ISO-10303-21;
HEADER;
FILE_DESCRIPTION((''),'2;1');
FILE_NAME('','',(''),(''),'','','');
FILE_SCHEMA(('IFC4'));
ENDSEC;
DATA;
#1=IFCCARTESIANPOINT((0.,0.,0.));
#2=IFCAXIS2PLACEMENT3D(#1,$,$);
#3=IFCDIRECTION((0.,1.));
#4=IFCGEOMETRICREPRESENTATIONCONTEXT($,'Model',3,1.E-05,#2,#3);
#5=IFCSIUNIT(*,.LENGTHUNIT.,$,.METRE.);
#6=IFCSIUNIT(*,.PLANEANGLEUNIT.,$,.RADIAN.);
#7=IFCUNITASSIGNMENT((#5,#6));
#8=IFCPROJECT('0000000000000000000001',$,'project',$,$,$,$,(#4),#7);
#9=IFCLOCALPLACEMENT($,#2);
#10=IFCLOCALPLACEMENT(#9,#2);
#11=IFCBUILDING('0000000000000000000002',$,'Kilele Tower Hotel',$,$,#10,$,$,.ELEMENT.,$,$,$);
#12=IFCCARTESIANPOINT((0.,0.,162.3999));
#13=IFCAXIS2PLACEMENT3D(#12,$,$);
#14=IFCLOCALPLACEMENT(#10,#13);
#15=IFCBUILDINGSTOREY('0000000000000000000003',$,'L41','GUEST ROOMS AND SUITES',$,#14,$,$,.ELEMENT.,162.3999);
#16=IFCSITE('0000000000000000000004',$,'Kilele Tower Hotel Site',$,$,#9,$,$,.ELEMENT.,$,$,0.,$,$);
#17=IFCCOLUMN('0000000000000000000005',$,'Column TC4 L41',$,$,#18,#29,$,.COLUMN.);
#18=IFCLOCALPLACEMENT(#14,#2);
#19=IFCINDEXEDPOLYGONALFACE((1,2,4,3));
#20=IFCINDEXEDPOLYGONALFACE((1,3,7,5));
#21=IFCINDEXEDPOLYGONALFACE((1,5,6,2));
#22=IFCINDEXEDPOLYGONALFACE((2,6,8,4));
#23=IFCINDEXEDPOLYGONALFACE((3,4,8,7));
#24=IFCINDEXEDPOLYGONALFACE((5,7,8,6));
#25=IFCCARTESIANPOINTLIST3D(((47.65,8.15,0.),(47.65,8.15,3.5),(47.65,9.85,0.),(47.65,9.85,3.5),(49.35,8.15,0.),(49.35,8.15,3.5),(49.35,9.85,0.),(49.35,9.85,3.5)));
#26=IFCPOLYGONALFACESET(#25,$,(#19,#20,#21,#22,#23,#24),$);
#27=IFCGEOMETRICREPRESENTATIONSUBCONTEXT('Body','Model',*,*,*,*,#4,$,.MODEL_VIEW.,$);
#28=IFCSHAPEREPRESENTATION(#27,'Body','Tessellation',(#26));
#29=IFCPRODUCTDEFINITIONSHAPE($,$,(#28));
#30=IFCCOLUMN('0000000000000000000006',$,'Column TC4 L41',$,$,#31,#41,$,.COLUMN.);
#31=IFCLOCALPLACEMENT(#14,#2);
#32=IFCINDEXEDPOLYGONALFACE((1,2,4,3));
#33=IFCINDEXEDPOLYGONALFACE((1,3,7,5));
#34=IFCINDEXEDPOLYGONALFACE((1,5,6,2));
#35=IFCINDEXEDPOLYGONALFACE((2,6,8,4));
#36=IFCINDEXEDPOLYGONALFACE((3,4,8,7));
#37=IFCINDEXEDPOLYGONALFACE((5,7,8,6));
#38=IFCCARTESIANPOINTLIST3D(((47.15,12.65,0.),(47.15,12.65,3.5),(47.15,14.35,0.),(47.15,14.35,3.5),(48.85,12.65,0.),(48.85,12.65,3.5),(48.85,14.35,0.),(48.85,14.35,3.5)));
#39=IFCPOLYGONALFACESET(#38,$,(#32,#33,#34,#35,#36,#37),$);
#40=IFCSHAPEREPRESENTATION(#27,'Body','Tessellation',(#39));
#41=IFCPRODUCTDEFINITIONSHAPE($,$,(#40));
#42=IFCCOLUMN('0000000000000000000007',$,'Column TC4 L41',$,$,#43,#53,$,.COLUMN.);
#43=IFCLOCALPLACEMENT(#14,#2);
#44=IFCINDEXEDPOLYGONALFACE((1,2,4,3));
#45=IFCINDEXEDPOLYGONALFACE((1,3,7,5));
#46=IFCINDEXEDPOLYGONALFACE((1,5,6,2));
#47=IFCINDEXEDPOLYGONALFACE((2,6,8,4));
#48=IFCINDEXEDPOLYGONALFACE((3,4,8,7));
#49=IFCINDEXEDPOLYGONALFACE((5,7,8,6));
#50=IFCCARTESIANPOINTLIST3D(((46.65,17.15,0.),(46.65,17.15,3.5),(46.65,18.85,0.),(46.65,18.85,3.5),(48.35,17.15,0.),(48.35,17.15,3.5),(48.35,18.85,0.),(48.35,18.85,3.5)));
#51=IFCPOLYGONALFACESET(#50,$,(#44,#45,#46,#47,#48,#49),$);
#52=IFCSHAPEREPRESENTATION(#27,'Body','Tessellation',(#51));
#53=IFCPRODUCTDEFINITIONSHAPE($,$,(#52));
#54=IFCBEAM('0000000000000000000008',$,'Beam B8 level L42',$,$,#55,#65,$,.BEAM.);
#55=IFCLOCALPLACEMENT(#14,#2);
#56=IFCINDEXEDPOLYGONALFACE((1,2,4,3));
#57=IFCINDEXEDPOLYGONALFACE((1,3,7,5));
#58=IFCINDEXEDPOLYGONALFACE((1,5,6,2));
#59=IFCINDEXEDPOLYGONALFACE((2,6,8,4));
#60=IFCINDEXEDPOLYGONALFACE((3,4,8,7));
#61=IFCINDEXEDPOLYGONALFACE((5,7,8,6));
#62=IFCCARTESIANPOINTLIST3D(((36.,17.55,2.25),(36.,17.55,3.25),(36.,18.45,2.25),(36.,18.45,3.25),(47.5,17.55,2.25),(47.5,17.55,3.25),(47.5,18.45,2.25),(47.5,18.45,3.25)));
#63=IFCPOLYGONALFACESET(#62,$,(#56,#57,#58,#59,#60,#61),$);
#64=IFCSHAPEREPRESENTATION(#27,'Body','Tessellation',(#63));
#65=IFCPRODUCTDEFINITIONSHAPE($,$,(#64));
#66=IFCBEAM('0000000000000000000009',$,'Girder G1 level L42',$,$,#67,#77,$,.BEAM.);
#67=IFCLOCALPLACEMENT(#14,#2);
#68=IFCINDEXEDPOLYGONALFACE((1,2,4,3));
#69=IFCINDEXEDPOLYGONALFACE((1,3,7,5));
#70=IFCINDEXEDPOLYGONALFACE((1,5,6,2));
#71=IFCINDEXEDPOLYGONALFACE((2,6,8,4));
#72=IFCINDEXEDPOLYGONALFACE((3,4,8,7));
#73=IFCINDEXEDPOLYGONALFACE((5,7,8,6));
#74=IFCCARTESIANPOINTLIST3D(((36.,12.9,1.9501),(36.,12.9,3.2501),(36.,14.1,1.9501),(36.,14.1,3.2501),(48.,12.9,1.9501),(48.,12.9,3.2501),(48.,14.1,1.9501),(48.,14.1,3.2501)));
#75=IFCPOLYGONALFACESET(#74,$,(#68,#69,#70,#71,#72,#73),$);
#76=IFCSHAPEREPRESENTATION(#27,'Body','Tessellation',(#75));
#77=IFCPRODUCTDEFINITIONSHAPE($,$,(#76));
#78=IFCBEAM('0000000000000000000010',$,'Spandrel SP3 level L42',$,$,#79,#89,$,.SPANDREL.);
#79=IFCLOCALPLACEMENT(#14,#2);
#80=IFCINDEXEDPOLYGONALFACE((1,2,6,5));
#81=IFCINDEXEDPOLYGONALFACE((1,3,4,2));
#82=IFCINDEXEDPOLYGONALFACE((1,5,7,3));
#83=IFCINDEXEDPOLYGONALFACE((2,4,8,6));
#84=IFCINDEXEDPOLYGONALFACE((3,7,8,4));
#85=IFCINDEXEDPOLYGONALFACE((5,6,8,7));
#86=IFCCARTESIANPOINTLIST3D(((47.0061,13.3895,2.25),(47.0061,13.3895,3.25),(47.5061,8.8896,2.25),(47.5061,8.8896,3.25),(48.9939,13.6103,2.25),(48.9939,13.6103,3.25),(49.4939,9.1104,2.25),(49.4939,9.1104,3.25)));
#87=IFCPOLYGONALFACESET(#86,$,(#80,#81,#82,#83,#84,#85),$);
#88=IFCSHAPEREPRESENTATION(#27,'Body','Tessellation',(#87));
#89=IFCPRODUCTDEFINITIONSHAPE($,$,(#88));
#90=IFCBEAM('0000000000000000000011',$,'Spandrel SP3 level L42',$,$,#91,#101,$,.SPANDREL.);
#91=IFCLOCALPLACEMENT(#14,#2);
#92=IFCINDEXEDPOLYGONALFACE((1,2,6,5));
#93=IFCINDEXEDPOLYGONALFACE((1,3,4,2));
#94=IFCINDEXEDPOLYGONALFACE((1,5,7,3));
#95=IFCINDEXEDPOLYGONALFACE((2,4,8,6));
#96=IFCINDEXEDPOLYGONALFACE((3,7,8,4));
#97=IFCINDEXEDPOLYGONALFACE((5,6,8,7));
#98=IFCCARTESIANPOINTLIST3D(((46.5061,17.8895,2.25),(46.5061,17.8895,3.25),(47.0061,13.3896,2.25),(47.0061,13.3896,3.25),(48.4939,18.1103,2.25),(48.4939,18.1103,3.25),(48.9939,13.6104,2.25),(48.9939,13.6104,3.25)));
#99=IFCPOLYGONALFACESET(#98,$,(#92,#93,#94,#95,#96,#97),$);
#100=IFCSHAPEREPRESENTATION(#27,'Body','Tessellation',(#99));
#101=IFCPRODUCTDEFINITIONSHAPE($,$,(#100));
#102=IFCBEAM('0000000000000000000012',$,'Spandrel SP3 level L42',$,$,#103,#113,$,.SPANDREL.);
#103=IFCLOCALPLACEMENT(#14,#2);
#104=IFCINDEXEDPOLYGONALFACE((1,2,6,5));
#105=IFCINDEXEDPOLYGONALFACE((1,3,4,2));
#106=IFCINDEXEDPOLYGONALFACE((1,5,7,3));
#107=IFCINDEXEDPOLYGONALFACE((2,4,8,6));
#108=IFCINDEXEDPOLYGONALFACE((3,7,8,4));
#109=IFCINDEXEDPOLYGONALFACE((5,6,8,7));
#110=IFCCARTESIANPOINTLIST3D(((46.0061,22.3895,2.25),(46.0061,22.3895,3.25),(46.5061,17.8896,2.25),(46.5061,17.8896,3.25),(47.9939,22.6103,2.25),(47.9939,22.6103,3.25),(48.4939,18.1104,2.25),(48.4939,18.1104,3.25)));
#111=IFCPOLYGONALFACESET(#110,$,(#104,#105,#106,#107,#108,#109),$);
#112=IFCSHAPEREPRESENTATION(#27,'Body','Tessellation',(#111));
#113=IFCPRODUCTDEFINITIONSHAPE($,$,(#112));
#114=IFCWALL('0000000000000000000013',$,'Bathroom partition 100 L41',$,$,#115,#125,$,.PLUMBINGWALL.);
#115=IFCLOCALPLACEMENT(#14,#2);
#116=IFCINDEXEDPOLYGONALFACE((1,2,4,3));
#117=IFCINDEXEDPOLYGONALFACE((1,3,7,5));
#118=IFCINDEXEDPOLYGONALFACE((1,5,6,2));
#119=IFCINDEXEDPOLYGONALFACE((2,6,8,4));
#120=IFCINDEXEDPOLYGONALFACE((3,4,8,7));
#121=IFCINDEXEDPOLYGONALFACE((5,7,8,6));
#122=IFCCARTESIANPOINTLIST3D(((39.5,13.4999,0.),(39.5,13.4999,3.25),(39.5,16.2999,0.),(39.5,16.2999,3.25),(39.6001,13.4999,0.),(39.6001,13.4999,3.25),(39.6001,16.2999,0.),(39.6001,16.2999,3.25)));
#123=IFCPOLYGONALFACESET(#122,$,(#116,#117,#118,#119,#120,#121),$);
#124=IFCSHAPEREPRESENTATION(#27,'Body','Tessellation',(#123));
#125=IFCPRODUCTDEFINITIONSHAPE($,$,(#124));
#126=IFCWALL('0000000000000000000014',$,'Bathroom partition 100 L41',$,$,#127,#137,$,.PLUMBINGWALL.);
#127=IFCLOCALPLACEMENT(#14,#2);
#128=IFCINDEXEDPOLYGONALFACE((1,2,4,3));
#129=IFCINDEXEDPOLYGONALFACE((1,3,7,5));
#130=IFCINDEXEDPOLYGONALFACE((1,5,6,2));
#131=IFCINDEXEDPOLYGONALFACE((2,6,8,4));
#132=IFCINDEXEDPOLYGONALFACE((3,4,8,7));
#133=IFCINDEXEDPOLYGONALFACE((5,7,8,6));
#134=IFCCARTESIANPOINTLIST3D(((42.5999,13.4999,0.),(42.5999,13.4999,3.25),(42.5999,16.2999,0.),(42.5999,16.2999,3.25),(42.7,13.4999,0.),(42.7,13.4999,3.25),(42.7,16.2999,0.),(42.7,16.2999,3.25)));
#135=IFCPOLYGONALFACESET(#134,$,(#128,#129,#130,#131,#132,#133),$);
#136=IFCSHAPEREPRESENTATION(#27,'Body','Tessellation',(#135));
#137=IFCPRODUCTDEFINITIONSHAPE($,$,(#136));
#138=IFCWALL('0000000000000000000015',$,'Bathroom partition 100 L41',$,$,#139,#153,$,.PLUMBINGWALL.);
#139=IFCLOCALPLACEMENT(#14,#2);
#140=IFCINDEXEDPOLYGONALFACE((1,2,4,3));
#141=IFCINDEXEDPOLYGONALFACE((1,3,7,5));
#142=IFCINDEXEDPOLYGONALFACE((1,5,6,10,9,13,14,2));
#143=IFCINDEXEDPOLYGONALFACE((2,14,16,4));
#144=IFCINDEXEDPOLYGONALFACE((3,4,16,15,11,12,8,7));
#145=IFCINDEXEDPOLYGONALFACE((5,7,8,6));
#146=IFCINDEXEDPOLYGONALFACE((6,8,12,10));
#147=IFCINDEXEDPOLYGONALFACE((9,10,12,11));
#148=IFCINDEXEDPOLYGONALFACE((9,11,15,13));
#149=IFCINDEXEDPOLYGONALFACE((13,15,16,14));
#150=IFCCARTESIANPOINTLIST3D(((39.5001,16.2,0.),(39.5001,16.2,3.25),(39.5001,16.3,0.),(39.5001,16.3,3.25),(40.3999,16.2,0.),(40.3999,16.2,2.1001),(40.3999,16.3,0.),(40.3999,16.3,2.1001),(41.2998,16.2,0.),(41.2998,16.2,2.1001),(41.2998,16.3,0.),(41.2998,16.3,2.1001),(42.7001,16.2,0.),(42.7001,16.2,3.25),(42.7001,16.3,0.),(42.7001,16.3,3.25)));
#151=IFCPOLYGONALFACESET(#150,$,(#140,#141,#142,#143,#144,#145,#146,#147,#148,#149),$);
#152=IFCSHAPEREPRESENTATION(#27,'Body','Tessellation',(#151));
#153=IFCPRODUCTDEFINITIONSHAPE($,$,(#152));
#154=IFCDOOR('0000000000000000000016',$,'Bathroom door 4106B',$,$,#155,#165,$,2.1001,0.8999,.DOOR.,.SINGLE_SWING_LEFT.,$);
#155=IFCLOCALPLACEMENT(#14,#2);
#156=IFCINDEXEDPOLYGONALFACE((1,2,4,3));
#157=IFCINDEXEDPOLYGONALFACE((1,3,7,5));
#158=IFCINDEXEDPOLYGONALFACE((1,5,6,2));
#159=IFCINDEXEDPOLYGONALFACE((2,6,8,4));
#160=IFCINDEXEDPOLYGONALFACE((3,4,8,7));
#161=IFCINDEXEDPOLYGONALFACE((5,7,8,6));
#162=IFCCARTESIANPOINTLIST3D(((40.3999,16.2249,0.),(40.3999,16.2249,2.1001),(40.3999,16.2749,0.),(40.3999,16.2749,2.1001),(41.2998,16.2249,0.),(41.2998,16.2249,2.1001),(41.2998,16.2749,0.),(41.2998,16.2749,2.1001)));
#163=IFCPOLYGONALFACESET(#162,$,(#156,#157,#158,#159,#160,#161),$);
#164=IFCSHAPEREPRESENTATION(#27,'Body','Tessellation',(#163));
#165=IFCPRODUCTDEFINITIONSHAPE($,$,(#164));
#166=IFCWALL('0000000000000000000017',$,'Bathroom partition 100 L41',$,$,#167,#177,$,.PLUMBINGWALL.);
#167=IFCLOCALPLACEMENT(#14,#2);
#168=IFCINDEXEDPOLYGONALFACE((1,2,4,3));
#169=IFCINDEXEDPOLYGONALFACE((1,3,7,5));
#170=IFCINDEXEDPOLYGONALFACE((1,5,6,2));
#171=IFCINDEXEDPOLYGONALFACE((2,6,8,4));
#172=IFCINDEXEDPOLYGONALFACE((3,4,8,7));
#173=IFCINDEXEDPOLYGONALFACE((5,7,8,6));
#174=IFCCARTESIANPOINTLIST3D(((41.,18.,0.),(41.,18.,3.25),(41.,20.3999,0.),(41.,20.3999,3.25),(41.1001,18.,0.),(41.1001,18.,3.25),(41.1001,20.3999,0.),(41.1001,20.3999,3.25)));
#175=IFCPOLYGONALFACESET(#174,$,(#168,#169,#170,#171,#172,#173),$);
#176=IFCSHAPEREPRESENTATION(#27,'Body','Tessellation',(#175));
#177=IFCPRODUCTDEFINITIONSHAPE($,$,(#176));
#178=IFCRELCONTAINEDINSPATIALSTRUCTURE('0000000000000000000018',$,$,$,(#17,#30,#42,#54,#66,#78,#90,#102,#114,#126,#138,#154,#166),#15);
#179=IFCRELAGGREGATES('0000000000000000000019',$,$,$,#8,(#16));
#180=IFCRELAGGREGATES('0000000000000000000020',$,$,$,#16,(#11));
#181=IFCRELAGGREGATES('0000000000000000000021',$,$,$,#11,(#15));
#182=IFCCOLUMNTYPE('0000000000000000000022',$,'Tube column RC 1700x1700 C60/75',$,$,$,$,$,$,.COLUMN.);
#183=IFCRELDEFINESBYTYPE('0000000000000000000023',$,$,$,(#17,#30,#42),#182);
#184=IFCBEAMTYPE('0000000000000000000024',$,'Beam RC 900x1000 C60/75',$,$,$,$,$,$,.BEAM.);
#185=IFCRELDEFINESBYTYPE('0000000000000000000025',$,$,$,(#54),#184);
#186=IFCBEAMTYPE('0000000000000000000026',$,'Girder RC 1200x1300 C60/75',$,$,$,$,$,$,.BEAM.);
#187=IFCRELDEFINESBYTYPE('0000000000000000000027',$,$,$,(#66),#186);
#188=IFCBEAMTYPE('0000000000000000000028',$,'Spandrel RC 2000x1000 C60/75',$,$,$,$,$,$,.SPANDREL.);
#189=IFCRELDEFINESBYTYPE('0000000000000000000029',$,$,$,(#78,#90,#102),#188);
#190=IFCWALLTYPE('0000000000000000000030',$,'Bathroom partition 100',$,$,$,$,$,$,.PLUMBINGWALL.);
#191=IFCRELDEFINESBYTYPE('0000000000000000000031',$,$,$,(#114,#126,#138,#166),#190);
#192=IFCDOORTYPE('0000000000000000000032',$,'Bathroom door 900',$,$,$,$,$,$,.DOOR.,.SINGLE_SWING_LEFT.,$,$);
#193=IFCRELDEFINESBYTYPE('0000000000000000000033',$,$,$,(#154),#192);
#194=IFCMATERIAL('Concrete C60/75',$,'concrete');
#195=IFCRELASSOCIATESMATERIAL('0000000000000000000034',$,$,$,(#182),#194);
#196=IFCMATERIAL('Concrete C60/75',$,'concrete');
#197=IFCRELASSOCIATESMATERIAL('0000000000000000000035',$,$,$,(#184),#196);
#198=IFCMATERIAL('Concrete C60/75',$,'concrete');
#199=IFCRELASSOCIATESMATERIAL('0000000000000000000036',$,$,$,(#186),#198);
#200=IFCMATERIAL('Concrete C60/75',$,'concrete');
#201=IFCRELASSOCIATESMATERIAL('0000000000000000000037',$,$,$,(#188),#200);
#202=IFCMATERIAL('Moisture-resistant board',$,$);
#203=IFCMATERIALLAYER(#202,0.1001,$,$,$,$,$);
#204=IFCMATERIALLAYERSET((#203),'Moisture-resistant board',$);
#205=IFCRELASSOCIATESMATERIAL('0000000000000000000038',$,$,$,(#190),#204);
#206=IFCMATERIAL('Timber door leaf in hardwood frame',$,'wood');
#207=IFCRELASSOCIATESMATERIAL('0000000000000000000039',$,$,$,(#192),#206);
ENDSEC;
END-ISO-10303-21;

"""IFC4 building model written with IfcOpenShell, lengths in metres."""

from ifc_helpers import new_model, si_unit, direction, frame, frame_2d, origin, origin_2d, place, context, subcontext, project, spatial, rectangle, extrude, material, layer, layer_set, material_profile, profile_set, type_object, element, fill, save


model = new_model("IFC4")

# Units and contexts
model_context = context("Model", 3, precision=1e-05, world=origin(), true_north=direction((0.0, 1.0)))
body_context = subcontext(model_context, "Body", "Model", "MODEL_VIEW")
ifc_project = project(units=[si_unit("LENGTHUNIT", "METRE"), si_unit("PLANEANGLEUNIT", "RADIAN")], contexts=[model_context])

# Site, building, storey
site_placement = place(None, origin())
site = spatial("IfcSite", under=ifc_project, at=site_placement, Name="Kilele Tower Hotel Site", CompositionType="ELEMENT", RefElevation=0.0)
building_placement = place(site_placement, origin())
building = spatial("IfcBuilding", under=site, at=building_placement, Name="Kilele Tower Hotel", CompositionType="ELEMENT")
storey_placement = place(building_placement, frame((0.0, 0.0, 162.3999)))
storey = spatial("IfcBuildingStorey", under=building, at=storey_placement, Name="L41", Description="GUEST ROOMS AND SUITES", CompositionType="ELEMENT", Elevation=162.3999)

# Columns
ifc_material_1 = material(Name="Concrete C60/75", Category="concrete")
ifc_material_profile_1 = material_profile(ifc_material_1, rectangle(XDim=1.7, YDim=1.7, at=origin_2d()))
ifc_profile_set_1 = profile_set([ifc_material_profile_1], Name="Concrete C60/75")
column_type = type_object("IfcColumnType", Name="Tube column RC 1700x1700 C60/75", PredefinedType="COLUMN", material=ifc_profile_set_1)
for number, where, z_axis, x_axis, name in (
    (1, (48.5, 9.0, 0.0), (0.0, 0.0, 1.0), (1.0, 0.0, 0.0), "Column TC4 L41"),
    (2, (48.0, 13.5, 0.0), (0.0, 0.0, 1.0), (1.0, 0.0, 0.0), "Column TC4 L41"),
    (3, (47.5, 18.0, 0.0), (0.0, 0.0, 1.0), (1.0, 0.0, 0.0), "Column TC4 L41"),
):
    element("IfcColumn", number, at=place(storey_placement, frame(where, z_axis=z_axis, x_axis=x_axis)), inside=storey, type_object=column_type, Name=name, PredefinedType="COLUMN", context=body_context, shape_type="SweptSolid", body=[
        extrude(rectangle(XDim=1.7, YDim=1.7, at=origin_2d()), origin(), (0.0, 0.0, 1.0), 3.5),
    ])

# Beams
ifc_material_2 = material(Name="Concrete C60/75", Category="concrete")
ifc_material_profile_2 = material_profile(ifc_material_2, rectangle(XDim=0.8999, YDim=1.0, at=origin_2d()))
ifc_profile_set_2 = profile_set([ifc_material_profile_2], Name="Concrete C60/75")
beam_type_1 = type_object("IfcBeamType", Name="Beam RC 900x1000 C60/75", PredefinedType="BEAM", material=ifc_profile_set_2)
beam_1_placement = place(storey_placement, frame((47.5, 18.0, 2.75), z_axis=(-1.0, 0.0, 0.0), x_axis=(0.0, -1.0, 0.0)))
element("IfcBeam", 4, at=beam_1_placement, inside=storey, type_object=beam_type_1, Name="Beam B8 level L42", PredefinedType="BEAM", context=body_context, shape_type="SweptSolid", body=[
    extrude(rectangle(XDim=0.8999, YDim=1.0, at=origin_2d()), origin(), (0.0, 0.0, 1.0), 11.5),
])
ifc_material_3 = material(Name="Concrete C60/75", Category="concrete")
ifc_material_profile_3 = material_profile(ifc_material_3, rectangle(XDim=1.2, YDim=1.3, at=origin_2d()))
ifc_profile_set_3 = profile_set([ifc_material_profile_3], Name="Concrete C60/75")
beam_type_2 = type_object("IfcBeamType", Name="Girder RC 1200x1300 C60/75", PredefinedType="BEAM", material=ifc_profile_set_3)
beam_2_placement = place(storey_placement, frame((48.0, 13.5, 2.6001), z_axis=(-1.0, 0.0, 0.0), x_axis=(0.0, -1.0, 0.0)))
element("IfcBeam", 5, at=beam_2_placement, inside=storey, type_object=beam_type_2, Name="Girder G1 level L42", PredefinedType="BEAM", context=body_context, shape_type="SweptSolid", body=[
    extrude(rectangle(XDim=1.2, YDim=1.3, at=origin_2d()), origin(), (0.0, 0.0, 1.0), 12.0),
])
ifc_material_4 = material(Name="Concrete C60/75", Category="concrete")
ifc_material_profile_4 = material_profile(ifc_material_4, rectangle(XDim=2.0, YDim=1.0, at=origin_2d()))
ifc_profile_set_4 = profile_set([ifc_material_profile_4], Name="Concrete C60/75")
beam_type_3 = type_object("IfcBeamType", Name="Spandrel RC 2000x1000 C60/75", PredefinedType="SPANDREL", material=ifc_profile_set_4)
for number, where, z_axis, x_axis, name in (
    (6, (48.5, 9.0, 2.75), (-0.110432, 0.993884, 0.0), (-0.993884, -0.110432, 0.0), "Spandrel SP3 level L42"),
    (7, (48.0, 13.5, 2.75), (-0.110432, 0.993884, 0.0), (-0.993884, -0.110432, 0.0), "Spandrel SP3 level L42"),
    (8, (47.5, 18.0, 2.75), (-0.110432, 0.993884, 0.0), (-0.993884, -0.110432, 0.0), "Spandrel SP3 level L42"),
):
    element("IfcBeam", number, at=place(storey_placement, frame(where, z_axis=z_axis, x_axis=x_axis)), inside=storey, type_object=beam_type_3, Name=name, PredefinedType="SPANDREL", context=body_context, shape_type="SweptSolid", body=[
        extrude(rectangle(XDim=2.0, YDim=1.0, at=origin_2d()), origin(), (0.0, 0.0, 1.0), 4.5276),
    ])

# Walls
ifc_material_5 = material(Name="Moisture-resistant board")
ifc_layer_1 = layer(ifc_material_5, 0.1001)
ifc_layer_set_1 = layer_set([ifc_layer_1], Name="Moisture-resistant board")
wall_type_1 = type_object("IfcWallType", Name="Bathroom partition 100", PredefinedType="PLUMBINGWALL", material=ifc_layer_set_1)
for number, where, z_axis, x_axis, name in (
    (9, (39.55, 13.5, 0.0), (0.0, 0.0, 1.0), (0.0, 1.0, 0.0), "Bathroom partition 100 L41"),
    (10, (42.6499, 13.5, 0.0), (0.0, 0.0, 1.0), (0.0, 1.0, 0.0), "Bathroom partition 100 L41"),
):
    element("IfcWall", number, at=place(storey_placement, frame(where, z_axis=z_axis, x_axis=x_axis)), inside=storey, type_object=wall_type_1, Name=name, PredefinedType="PLUMBINGWALL", context=body_context, shape_type="SweptSolid", body=[
        extrude(rectangle(XDim=2.8, YDim=0.1001, at=frame_2d((1.3999, 0.0))), origin(), (0.0, 0.0, 1.0), 3.25),
    ])

# Wall, opening, door
wall_1_placement = place(storey_placement, frame((39.5, 16.25, 0.0), z_axis=(0.0, 0.0, 1.0), x_axis=(1.0, 0.0, 0.0)))
wall_1 = element("IfcWall", 11, at=wall_1_placement, inside=storey, type_object=wall_type_1, Name="Bathroom partition 100 L41", PredefinedType="PLUMBINGWALL", context=body_context, shape_type="SweptSolid", body=[
    extrude(rectangle(XDim=3.2, YDim=0.1001, at=frame_2d((1.6001, 0.0))), origin(), (0.0, 0.0, 1.0), 3.25),
])
opening_1_placement = place(wall_1_placement, frame((0.8999, 0.0, 0.0)))
opening_1 = element("IfcOpeningElement", 12, at=opening_1_placement, cuts=wall_1, PredefinedType="OPENING", context=body_context, shape_type="SweptSolid", body=[
    extrude(rectangle(XDim=0.8999, YDim=2.1001, at=frame_2d((0.45, 1.05))), frame((0.0, 0.0601, 0.0), z_axis=(0.0, -1.0, 0.0), x_axis=(1.0, 0.0, 0.0)), (0.0, 0.0, 1.0), 0.1201),
])
ifc_material_6 = material(Name="Timber door leaf in hardwood frame", Category="wood")
door_type_1 = type_object("IfcDoorType", Name="Bathroom door 900", OperationType="SINGLE_SWING_LEFT", PredefinedType="DOOR", material=ifc_material_6)
door_1_placement = place(opening_1_placement, origin())
door_1 = element("IfcDoor", 13, at=door_1_placement, inside=storey, type_object=door_type_1, Name="Bathroom door 4106B", OperationType="SINGLE_SWING_LEFT", OverallHeight=2.1001, OverallWidth=0.8999, PredefinedType="DOOR", context=body_context, shape_type="SweptSolid", body=[
    extrude(rectangle(XDim=0.8999, YDim=2.1001, at=frame_2d((0.45, 1.05))), frame((0.0, 0.0249, 0.0), z_axis=(0.0, -1.0, 0.0), x_axis=(1.0, 0.0, 0.0)), (0.0, 0.0, 1.0), 0.05),
])
fill(opening_1, door_1)

# Wall
wall_2_placement = place(storey_placement, frame((41.05, 18.0, 0.0), z_axis=(0.0, 0.0, 1.0), x_axis=(0.0, 1.0, 0.0)))
element("IfcWall", 14, at=wall_2_placement, inside=storey, type_object=wall_type_1, Name="Bathroom partition 100 L41", PredefinedType="PLUMBINGWALL", context=body_context, shape_type="SweptSolid", body=[
    extrude(rectangle(XDim=2.3999, YDim=0.1001, at=frame_2d((1.2, 0.0))), origin(), (0.0, 0.0, 1.0), 3.25),
])

save(model, "model.ifc")
